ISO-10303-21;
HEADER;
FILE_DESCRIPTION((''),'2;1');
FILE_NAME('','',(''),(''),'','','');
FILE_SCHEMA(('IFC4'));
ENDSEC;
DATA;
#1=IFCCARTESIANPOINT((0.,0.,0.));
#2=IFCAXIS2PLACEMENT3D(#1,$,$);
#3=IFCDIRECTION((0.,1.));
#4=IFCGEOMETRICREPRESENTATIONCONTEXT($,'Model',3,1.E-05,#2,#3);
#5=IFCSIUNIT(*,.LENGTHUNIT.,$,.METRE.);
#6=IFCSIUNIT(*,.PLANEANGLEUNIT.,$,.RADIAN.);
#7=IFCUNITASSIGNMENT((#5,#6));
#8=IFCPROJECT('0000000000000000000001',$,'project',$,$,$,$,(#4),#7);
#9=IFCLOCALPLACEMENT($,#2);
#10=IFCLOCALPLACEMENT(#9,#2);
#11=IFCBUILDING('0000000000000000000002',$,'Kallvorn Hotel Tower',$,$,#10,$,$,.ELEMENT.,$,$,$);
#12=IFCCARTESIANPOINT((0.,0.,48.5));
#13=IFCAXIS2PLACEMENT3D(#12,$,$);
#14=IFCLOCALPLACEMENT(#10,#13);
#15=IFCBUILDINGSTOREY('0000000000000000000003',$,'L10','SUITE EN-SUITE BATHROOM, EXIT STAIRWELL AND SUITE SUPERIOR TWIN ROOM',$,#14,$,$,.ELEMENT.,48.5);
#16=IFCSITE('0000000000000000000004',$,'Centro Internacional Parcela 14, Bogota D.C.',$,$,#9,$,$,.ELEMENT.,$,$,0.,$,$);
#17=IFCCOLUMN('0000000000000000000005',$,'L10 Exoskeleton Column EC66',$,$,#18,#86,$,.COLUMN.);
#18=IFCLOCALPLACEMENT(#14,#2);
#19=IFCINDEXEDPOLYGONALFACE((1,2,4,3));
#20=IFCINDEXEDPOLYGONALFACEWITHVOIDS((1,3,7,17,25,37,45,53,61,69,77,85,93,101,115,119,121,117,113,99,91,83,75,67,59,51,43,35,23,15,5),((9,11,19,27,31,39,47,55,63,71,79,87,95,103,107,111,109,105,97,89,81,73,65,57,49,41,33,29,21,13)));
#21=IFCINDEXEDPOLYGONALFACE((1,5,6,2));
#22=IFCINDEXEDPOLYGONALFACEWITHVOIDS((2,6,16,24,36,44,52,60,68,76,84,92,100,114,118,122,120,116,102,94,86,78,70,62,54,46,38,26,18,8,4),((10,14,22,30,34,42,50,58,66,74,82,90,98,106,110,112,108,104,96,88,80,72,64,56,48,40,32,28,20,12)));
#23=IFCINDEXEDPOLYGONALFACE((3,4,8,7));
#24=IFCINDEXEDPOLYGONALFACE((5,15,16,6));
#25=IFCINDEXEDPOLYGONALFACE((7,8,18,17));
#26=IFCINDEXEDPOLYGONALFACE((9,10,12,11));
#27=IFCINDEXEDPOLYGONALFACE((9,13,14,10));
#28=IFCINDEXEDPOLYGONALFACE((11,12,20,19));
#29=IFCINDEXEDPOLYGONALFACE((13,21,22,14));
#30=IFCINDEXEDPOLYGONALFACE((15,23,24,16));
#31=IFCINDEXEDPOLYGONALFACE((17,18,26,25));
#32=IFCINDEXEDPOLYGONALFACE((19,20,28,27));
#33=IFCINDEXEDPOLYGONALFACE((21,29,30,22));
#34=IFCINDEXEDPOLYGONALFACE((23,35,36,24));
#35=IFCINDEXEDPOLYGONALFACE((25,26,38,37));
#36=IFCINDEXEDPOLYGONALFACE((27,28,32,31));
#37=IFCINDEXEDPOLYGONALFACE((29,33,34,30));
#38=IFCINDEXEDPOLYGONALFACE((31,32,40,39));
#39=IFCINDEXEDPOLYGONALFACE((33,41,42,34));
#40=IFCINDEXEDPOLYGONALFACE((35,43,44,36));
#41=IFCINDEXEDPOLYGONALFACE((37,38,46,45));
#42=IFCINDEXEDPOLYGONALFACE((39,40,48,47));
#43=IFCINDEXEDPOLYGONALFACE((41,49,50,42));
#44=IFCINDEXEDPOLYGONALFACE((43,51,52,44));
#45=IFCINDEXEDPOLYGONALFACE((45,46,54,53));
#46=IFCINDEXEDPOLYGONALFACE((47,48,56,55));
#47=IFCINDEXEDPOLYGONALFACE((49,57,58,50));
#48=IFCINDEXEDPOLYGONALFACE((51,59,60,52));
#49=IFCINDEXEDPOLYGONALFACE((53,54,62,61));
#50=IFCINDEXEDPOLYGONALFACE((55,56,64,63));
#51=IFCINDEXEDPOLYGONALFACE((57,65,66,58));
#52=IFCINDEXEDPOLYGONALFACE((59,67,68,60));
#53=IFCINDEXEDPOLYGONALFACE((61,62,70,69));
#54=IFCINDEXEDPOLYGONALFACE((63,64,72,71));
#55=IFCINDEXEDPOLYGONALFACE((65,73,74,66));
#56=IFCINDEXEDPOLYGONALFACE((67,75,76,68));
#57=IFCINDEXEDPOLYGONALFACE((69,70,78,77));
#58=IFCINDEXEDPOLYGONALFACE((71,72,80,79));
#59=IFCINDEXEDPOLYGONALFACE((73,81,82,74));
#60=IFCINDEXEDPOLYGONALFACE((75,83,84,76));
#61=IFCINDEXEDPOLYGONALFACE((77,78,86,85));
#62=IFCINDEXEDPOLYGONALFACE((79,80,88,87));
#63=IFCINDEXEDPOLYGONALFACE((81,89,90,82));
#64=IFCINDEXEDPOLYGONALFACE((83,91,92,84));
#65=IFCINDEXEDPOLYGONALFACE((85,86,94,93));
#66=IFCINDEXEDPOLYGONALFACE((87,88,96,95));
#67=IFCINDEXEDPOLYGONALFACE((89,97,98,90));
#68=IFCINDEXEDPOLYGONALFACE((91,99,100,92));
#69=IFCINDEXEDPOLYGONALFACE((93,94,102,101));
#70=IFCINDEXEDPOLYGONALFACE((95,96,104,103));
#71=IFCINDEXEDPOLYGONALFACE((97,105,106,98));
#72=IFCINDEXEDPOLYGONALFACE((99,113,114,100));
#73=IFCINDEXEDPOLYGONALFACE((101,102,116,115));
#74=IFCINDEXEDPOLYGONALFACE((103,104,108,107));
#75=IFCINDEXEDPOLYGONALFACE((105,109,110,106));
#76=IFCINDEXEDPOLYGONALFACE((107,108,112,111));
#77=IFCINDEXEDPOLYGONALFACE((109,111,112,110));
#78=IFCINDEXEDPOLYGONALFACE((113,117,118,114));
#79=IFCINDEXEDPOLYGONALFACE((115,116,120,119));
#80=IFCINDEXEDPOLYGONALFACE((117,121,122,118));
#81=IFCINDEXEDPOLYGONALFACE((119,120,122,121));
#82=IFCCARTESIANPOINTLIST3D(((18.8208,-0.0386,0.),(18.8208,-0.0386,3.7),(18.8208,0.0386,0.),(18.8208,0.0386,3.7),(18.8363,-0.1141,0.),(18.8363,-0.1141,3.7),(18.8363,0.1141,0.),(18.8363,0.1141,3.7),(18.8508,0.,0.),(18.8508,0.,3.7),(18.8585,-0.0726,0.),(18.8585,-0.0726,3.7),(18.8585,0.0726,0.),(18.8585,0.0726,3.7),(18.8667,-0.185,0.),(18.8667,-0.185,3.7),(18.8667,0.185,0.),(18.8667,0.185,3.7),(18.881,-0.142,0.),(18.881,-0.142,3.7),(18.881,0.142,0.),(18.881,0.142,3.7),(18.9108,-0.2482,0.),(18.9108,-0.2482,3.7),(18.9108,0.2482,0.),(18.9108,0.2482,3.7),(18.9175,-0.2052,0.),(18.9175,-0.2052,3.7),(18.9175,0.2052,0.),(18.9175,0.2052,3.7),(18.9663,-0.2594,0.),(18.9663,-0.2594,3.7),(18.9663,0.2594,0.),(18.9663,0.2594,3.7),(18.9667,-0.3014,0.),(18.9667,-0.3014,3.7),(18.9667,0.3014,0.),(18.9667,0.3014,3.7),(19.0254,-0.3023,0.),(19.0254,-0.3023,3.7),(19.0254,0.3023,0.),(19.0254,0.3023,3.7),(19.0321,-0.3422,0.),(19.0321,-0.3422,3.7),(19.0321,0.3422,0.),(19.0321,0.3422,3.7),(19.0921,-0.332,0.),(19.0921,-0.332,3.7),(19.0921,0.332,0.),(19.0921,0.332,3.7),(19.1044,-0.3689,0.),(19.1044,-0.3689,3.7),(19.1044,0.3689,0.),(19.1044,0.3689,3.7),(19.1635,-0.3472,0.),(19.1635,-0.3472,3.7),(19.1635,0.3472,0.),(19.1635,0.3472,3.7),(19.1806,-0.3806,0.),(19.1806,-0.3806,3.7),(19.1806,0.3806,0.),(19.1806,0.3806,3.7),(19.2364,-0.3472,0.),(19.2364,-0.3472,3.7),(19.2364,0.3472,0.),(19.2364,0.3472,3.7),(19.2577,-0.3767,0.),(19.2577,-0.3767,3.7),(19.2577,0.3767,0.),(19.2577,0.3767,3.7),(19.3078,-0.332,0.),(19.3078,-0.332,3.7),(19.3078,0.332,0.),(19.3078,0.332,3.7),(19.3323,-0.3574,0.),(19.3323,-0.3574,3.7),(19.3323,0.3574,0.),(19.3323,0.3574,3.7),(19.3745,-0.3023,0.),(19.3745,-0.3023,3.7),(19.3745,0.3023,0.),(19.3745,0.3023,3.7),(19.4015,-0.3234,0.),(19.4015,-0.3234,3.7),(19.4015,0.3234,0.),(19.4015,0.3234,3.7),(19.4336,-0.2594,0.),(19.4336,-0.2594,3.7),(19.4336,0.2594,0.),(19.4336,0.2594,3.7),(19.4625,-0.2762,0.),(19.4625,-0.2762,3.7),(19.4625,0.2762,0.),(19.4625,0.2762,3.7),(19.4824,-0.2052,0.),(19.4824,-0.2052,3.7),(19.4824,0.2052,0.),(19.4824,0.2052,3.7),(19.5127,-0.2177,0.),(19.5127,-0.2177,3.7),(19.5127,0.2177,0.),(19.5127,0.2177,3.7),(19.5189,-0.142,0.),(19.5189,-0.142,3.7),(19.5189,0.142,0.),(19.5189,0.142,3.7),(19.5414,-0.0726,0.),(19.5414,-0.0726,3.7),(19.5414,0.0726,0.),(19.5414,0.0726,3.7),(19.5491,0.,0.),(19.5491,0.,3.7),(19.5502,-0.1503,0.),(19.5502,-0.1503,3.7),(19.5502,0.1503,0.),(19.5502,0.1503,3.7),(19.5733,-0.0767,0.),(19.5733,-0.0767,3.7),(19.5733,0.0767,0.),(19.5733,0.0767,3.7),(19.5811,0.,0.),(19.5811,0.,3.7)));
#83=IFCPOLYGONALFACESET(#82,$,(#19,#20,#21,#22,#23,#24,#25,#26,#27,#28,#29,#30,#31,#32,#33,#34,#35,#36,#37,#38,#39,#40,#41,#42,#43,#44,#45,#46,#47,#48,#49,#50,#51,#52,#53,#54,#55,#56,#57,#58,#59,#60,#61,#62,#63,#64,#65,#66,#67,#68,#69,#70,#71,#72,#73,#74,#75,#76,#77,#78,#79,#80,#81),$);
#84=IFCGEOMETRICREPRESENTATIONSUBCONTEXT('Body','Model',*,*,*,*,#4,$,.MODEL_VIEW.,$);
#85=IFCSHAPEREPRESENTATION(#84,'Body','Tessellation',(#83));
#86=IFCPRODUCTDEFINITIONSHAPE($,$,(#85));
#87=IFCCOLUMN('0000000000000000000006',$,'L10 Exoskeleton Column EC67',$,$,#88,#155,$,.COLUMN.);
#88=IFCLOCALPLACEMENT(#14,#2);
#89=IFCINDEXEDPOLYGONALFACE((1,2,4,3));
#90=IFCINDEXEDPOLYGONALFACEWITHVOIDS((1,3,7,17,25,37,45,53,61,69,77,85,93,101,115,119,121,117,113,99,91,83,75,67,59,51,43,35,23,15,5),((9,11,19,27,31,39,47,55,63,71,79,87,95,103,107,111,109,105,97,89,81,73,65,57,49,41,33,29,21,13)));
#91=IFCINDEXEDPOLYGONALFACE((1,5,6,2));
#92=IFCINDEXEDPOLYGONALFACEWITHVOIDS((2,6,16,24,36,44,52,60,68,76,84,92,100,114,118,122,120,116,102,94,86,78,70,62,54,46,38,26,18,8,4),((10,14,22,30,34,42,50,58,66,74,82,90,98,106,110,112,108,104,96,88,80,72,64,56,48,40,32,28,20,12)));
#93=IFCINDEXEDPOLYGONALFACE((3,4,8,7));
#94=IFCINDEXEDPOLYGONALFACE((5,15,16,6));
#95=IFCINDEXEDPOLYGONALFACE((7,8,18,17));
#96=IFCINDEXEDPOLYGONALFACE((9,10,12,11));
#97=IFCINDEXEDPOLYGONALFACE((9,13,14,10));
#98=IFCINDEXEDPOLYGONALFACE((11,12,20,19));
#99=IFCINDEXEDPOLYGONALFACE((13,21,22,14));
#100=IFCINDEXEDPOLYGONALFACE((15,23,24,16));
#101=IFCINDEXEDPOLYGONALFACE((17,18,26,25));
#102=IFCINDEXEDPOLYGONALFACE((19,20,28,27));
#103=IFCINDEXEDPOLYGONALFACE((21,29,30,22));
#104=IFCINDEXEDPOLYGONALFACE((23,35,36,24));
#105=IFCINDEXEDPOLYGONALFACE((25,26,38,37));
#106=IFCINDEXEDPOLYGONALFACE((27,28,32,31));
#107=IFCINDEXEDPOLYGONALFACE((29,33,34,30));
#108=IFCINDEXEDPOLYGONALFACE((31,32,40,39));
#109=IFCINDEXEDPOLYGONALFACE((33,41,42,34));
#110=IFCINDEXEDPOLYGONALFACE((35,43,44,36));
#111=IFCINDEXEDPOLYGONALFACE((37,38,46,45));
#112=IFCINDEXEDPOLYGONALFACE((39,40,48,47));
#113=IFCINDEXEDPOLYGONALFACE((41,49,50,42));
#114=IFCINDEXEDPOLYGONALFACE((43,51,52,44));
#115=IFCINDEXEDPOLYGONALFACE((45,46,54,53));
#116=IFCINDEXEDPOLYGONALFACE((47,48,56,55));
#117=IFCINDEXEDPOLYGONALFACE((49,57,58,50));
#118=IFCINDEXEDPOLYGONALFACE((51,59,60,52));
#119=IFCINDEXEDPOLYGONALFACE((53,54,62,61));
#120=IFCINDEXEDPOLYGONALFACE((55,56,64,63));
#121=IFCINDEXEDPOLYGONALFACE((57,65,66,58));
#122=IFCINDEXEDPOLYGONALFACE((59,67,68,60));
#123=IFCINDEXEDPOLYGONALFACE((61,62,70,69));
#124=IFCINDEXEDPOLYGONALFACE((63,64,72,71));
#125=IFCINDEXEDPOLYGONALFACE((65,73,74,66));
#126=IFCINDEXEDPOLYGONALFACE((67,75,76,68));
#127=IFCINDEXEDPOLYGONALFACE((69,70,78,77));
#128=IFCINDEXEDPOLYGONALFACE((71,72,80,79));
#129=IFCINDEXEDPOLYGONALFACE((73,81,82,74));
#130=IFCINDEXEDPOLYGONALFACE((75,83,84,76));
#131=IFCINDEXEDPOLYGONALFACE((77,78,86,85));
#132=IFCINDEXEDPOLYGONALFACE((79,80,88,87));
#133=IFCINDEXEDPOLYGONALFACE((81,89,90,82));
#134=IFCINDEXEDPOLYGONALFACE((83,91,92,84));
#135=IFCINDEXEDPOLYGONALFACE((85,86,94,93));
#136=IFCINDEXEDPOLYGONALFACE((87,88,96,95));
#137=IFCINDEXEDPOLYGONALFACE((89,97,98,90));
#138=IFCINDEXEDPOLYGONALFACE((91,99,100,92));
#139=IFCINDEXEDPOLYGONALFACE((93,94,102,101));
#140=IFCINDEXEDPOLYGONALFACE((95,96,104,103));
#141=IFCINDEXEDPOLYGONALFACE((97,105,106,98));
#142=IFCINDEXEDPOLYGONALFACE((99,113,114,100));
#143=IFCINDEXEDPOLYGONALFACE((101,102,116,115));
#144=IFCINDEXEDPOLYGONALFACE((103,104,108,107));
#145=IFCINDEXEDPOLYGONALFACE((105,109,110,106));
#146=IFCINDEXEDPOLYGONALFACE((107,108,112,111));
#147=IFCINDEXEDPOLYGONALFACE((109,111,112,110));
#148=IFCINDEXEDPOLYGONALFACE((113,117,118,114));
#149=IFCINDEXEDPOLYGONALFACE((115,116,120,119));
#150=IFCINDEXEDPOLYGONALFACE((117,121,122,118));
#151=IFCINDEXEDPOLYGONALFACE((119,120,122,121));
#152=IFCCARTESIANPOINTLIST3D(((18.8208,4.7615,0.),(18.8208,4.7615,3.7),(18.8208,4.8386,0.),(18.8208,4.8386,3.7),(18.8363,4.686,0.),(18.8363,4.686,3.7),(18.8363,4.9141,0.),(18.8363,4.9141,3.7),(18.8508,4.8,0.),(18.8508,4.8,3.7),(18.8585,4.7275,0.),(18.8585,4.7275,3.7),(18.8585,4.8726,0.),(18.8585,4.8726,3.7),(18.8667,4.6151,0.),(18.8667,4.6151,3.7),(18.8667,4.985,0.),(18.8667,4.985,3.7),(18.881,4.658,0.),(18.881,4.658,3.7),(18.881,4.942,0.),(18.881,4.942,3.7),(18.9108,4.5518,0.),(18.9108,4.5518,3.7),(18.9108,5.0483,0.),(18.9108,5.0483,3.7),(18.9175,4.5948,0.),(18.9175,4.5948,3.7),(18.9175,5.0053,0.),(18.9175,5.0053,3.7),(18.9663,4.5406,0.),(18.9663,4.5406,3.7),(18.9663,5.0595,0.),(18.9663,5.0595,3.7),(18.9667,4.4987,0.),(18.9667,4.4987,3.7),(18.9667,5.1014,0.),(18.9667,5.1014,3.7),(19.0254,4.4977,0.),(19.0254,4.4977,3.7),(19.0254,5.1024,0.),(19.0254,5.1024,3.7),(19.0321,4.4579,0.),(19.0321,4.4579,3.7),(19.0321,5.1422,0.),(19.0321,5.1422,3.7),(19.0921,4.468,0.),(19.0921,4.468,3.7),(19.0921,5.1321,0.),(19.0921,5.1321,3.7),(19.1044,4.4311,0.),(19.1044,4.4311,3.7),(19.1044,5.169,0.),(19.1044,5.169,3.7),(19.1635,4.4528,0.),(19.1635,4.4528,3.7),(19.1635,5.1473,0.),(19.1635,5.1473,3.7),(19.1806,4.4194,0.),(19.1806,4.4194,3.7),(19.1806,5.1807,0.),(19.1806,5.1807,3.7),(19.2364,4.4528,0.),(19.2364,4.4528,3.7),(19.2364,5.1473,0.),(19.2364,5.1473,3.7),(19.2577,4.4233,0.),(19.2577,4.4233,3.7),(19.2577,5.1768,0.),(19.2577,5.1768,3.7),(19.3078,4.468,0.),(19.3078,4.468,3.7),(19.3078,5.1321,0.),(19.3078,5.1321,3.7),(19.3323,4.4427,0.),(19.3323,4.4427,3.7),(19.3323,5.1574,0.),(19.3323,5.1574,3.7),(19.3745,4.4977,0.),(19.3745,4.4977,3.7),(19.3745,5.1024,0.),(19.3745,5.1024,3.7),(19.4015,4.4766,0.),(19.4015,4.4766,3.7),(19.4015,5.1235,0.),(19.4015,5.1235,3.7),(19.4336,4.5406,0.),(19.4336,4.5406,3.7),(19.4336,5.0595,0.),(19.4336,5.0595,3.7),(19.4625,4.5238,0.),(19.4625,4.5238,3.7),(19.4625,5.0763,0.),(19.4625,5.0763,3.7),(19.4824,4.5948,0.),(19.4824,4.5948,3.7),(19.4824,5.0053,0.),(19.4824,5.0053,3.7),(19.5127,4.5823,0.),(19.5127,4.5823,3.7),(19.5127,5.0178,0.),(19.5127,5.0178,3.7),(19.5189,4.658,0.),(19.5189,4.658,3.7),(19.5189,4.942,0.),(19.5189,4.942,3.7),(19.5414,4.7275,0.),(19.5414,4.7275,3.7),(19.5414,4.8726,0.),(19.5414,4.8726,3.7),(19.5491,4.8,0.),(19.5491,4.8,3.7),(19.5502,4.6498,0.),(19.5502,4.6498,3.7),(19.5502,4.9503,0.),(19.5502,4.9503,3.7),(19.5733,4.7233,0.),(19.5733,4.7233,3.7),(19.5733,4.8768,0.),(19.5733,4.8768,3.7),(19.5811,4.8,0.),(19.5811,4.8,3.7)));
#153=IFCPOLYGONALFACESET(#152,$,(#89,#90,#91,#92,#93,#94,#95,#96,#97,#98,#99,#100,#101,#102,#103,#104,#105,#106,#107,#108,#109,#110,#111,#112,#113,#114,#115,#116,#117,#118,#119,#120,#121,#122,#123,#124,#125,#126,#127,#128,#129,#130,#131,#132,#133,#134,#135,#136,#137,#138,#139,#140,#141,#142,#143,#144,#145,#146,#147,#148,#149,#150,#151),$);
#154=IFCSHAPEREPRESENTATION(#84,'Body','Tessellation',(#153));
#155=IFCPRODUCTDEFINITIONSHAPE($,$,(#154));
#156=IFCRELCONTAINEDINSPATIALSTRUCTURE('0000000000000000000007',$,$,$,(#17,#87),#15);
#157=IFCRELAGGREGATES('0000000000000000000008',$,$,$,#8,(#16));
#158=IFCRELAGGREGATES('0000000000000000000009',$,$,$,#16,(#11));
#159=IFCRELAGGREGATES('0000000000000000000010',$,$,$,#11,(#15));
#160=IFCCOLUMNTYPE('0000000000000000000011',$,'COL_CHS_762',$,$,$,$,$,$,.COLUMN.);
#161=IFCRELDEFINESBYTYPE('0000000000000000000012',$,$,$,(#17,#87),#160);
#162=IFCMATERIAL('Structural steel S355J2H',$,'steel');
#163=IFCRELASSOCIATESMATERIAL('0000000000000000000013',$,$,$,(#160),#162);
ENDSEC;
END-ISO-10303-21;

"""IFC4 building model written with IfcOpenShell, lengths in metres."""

from ifc_helpers import new_model, si_unit, direction, frame, origin, origin_2d, place, context, subcontext, project, spatial, hollow_circle, extrude, material, material_profile, profile_set, type_object, element, save


model = new_model("IFC4")

# Units and contexts
model_context = context("Model", 3, precision=1e-05, world=origin(), true_north=direction((0.0, 1.0)))
body_context = subcontext(model_context, "Body", "Model", "MODEL_VIEW")
ifc_project = project(units=[si_unit("LENGTHUNIT", "METRE"), si_unit("PLANEANGLEUNIT", "RADIAN")], contexts=[model_context])

# Site, building, storey
site_placement = place(None, origin())
site = spatial("IfcSite", under=ifc_project, at=site_placement, Name="Centro Internacional Parcela 14, Bogota D.C.", CompositionType="ELEMENT", RefElevation=0.0)
building_placement = place(site_placement, origin())
building = spatial("IfcBuilding", under=site, at=building_placement, Name="Kallvorn Hotel Tower", CompositionType="ELEMENT")
storey_placement = place(building_placement, frame((0.0, 0.0, 48.5)))
storey = spatial("IfcBuildingStorey", under=building, at=storey_placement, Name="L10", Description="SUITE EN-SUITE BATHROOM, EXIT STAIRWELL AND SUITE SUPERIOR TWIN ROOM", CompositionType="ELEMENT", Elevation=48.5)

# Columns
ifc_material_1 = material(Name="Structural steel S355J2H", Category="steel")
ifc_material_profile_1 = material_profile(ifc_material_1, hollow_circle(Radius=0.3811, WallThickness=0.032, at=origin_2d()), Name="CHS 762x32")
ifc_profile_set_1 = profile_set([ifc_material_profile_1], Name="Structural steel S355J2H")
column_type_1 = type_object("IfcColumnType", Name="COL_CHS_762", PredefinedType="COLUMN", material=ifc_profile_set_1)
for number, where, z_axis, x_axis, name in (
    (1, (19.2, 0.0, 0.0), (0.0, 0.0, 1.0), (1.0, 0.0, 0.0), "L10 Exoskeleton Column EC66"),
    (2, (19.2, 4.8, 0.0), (0.0, 0.0, 1.0), (1.0, 0.0, 0.0), "L10 Exoskeleton Column EC67"),
):
    element("IfcColumn", number, at=place(storey_placement, frame(where, z_axis=z_axis, x_axis=x_axis)), inside=storey, type_object=column_type_1, Name=name, PredefinedType="COLUMN", context=body_context, shape_type="SweptSolid", body=[
        extrude(hollow_circle(Radius=0.3811, WallThickness=0.032, at=origin_2d()), origin(), (0.0, 0.0, 1.0), 3.7),
    ])

save(model, "model.ifc")
